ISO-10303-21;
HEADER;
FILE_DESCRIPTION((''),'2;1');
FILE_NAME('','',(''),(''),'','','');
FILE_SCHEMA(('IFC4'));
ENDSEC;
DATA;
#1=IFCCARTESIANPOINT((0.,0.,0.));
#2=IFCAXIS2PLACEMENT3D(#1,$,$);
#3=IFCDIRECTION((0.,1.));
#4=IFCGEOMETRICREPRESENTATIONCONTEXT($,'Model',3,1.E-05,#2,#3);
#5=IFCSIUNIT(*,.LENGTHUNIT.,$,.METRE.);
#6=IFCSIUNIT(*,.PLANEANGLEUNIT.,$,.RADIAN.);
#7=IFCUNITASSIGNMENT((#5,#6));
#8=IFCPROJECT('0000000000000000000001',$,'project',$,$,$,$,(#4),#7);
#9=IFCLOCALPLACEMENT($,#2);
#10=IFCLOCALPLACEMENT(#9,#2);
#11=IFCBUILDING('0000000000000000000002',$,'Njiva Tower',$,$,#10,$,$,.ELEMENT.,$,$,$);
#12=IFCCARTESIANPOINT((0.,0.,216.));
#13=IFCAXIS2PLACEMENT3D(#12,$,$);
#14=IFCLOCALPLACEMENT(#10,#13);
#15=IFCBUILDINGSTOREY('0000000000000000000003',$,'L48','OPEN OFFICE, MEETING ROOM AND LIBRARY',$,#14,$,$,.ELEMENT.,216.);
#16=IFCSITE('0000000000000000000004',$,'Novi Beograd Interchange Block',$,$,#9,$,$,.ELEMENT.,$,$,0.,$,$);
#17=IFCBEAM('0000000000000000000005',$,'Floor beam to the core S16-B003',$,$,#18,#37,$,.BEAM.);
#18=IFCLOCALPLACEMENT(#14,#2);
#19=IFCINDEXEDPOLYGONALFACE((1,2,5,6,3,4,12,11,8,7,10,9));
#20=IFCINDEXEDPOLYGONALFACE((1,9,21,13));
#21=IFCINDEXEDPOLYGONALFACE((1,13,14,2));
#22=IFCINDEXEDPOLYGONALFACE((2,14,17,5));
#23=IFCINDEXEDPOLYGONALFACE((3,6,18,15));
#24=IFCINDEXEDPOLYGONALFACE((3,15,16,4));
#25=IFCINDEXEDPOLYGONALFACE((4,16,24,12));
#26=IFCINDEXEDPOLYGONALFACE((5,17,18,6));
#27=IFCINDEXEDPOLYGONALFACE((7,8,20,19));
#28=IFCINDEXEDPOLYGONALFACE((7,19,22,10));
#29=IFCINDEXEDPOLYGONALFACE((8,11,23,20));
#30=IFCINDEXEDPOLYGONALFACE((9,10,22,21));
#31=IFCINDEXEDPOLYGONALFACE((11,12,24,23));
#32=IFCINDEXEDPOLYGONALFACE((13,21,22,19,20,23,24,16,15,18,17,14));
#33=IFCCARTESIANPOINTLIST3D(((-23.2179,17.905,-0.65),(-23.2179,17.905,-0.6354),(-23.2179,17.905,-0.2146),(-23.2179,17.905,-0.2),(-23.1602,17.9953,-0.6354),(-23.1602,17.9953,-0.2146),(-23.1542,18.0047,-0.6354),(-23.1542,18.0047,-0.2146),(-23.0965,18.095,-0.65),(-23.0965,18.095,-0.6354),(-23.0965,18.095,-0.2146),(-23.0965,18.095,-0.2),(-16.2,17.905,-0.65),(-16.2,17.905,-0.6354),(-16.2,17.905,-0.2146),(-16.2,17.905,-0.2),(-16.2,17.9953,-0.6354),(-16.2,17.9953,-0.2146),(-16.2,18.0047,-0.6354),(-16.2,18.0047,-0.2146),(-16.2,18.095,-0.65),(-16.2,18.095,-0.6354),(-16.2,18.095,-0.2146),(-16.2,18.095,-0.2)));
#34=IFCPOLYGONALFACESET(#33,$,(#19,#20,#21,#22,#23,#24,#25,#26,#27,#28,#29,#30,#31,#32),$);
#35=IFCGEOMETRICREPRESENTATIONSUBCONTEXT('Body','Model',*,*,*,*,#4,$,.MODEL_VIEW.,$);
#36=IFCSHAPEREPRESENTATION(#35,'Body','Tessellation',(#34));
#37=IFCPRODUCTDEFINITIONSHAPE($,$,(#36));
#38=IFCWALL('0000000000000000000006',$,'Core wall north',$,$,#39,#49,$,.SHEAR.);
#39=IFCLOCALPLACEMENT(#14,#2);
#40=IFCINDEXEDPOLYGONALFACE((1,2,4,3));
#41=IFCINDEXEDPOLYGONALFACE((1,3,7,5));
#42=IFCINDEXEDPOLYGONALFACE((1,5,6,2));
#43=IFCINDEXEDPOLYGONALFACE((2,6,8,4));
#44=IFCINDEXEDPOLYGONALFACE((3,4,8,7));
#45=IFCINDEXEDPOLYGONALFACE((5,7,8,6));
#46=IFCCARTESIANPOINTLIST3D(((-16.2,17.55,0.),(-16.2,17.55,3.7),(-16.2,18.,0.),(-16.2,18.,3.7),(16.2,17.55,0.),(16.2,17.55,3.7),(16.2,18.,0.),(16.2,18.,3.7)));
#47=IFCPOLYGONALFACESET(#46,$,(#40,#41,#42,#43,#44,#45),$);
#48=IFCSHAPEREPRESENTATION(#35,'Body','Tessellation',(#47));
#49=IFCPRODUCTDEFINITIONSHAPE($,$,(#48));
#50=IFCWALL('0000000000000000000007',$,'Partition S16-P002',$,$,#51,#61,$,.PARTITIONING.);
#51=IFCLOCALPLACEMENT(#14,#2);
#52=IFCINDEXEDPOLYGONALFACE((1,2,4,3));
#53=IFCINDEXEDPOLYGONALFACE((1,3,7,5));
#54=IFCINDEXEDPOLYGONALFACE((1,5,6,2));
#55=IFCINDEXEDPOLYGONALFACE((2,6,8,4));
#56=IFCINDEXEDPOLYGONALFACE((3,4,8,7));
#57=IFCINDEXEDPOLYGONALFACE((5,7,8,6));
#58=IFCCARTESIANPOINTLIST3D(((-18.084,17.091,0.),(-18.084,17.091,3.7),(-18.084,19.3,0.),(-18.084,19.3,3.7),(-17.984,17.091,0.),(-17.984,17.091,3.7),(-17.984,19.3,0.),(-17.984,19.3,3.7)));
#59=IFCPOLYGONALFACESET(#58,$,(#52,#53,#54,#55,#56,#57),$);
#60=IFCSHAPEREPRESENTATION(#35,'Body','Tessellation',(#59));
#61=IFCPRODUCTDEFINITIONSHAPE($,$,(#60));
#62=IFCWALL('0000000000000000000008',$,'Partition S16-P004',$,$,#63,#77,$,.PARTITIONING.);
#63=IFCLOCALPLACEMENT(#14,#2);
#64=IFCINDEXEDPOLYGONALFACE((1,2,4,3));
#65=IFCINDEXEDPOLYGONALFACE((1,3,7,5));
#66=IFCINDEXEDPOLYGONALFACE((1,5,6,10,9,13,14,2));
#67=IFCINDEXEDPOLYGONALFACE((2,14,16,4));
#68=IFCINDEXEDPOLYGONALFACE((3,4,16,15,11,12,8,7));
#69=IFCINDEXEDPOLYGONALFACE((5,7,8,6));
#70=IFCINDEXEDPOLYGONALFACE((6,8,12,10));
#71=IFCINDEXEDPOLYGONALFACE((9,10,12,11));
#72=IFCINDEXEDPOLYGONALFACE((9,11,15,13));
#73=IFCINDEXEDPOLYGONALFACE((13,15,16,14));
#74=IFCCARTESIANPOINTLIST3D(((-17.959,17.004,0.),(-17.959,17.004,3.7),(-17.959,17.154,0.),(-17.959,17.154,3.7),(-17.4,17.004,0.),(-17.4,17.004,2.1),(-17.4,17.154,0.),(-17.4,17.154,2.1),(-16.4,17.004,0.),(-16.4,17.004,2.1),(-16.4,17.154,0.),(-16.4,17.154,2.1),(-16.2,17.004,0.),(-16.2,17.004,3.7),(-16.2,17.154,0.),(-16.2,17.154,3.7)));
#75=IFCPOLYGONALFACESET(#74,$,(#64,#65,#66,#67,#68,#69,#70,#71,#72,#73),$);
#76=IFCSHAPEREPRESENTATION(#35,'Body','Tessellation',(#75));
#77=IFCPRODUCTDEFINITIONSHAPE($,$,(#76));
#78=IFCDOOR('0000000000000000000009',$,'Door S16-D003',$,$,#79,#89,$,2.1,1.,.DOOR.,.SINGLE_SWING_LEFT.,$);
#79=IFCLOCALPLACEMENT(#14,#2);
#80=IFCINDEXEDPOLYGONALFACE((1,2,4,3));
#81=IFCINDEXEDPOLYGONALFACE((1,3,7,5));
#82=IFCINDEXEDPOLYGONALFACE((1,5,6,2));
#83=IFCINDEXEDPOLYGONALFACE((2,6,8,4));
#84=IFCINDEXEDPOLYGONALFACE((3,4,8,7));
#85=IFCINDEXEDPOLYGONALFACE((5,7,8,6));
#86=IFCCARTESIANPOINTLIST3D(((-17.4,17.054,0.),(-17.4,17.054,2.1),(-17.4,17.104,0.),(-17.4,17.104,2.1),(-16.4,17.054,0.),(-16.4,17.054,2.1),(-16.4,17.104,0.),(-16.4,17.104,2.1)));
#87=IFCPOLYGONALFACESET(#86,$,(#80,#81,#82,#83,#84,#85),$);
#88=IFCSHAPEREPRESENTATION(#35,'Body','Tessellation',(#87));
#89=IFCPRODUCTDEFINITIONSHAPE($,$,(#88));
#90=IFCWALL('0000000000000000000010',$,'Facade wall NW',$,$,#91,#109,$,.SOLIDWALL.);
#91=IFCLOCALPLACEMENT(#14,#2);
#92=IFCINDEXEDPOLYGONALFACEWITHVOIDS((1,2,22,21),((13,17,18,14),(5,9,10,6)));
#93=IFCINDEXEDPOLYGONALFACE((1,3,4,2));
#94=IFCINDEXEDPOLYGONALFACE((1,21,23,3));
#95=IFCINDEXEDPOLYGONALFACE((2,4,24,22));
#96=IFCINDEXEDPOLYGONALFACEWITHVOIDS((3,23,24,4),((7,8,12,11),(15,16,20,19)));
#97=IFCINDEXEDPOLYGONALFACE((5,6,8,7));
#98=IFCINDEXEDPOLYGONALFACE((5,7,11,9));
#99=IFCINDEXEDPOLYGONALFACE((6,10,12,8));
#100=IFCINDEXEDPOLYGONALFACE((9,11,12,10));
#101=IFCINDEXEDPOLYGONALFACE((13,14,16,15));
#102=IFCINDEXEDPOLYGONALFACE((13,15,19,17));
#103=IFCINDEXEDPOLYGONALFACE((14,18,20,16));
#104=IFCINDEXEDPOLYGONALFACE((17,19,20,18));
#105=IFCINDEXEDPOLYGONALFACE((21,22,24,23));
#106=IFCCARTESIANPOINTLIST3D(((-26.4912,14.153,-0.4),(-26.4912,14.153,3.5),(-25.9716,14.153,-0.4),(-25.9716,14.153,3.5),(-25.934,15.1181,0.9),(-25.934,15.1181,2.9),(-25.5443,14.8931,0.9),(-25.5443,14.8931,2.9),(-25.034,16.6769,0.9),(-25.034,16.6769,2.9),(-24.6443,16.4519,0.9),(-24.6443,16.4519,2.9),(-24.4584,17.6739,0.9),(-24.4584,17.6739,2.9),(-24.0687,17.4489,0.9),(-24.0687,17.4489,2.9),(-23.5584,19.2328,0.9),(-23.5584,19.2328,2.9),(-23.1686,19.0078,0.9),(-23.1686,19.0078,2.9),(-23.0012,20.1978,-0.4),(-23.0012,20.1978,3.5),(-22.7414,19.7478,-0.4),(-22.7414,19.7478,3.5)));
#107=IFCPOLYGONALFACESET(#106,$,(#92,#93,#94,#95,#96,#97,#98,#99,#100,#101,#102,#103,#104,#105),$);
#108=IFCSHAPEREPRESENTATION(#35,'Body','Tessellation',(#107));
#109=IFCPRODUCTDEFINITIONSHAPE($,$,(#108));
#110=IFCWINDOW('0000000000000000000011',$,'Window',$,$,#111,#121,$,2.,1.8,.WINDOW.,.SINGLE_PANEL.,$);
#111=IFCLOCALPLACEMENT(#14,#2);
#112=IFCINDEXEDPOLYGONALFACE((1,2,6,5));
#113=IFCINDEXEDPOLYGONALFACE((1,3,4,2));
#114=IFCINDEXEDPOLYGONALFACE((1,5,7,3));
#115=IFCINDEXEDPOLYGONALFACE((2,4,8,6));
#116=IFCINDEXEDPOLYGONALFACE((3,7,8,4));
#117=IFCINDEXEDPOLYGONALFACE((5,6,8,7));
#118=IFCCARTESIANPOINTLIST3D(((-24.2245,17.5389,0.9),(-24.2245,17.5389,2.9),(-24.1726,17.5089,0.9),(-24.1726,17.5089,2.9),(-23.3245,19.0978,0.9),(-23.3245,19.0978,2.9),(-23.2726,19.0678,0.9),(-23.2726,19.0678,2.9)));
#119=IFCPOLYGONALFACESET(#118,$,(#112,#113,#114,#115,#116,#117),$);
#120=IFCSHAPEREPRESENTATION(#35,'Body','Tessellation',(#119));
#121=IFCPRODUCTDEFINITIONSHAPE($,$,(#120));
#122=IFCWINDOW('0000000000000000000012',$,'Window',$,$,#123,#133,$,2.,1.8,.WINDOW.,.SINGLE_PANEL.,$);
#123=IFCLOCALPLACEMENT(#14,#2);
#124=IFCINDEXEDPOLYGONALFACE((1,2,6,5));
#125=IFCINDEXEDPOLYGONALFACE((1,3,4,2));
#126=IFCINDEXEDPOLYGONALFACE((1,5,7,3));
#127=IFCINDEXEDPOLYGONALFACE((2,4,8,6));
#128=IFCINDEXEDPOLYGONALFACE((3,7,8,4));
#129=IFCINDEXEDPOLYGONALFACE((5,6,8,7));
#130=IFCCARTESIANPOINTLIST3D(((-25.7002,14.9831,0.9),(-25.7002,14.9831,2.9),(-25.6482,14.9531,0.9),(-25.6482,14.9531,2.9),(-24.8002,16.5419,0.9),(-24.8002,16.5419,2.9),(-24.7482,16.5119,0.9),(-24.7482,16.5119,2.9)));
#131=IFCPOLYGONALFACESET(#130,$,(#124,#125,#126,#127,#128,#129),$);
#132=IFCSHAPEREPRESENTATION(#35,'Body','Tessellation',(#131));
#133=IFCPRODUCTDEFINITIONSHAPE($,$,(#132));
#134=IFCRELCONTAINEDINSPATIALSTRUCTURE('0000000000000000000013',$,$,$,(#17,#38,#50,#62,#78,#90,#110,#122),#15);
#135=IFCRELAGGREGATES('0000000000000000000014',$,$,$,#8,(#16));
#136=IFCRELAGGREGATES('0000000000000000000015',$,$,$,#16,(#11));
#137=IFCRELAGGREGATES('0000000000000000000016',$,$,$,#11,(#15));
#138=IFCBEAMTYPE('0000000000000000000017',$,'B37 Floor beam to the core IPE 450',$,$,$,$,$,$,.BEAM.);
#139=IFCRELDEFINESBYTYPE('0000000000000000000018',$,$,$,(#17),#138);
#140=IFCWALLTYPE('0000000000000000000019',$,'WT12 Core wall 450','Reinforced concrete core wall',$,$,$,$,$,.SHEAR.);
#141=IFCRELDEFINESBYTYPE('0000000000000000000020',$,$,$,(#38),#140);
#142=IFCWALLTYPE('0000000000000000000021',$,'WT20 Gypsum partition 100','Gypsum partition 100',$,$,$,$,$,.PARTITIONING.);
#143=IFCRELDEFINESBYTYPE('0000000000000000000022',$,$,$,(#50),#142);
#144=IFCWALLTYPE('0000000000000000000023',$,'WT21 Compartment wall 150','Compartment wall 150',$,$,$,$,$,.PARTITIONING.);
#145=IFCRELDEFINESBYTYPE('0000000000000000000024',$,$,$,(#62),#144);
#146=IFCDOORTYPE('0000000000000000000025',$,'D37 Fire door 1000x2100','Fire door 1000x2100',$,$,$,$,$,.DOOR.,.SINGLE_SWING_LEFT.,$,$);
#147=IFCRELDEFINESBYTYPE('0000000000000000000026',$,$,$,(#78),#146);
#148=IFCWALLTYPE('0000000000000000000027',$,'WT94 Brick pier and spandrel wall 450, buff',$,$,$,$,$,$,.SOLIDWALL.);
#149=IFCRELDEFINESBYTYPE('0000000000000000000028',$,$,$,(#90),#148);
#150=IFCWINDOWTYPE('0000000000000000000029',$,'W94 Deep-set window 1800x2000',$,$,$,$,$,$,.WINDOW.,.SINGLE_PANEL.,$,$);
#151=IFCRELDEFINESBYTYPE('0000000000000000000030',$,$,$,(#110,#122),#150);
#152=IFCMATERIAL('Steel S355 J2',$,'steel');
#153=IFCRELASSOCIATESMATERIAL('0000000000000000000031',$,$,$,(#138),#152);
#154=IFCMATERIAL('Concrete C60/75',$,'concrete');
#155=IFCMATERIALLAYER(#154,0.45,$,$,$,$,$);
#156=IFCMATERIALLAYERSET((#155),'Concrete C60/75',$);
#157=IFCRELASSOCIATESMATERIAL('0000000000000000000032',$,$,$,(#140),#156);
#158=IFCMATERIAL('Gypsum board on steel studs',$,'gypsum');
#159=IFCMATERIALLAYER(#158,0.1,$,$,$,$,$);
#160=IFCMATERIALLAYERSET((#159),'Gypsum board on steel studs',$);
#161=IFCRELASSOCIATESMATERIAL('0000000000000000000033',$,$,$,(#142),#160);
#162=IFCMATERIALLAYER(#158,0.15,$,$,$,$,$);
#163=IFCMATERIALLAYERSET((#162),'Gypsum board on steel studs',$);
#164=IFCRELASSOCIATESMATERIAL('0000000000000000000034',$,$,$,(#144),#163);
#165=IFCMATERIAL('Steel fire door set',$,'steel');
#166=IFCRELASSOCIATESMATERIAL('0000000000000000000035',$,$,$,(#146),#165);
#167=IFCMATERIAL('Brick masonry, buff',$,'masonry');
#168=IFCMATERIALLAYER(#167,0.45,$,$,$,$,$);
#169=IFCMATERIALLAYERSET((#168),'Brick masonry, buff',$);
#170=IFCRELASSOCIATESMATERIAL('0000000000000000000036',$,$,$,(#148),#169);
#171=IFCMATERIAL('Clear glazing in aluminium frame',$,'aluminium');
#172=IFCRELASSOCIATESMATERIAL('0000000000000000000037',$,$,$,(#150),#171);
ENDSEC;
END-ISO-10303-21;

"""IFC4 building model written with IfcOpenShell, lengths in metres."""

from ifc_helpers import new_model, si_unit, direction, frame, frame_2d, origin, origin_2d, place, context, subcontext, project, spatial, polyline, rectangle, i_section, outline, extrude, clip, halfspace, material, layer, layer_set, material_profile, profile_set, type_object, element, fill, save


model = new_model("IFC4")

# Units and contexts
model_context = context("Model", 3, precision=1e-05, world=origin(), true_north=direction((0.0, 1.0)))
body_context = subcontext(model_context, "Body", "Model", "MODEL_VIEW")
ifc_project = project(units=[si_unit("LENGTHUNIT", "METRE"), si_unit("PLANEANGLEUNIT", "RADIAN")], contexts=[model_context])

# Site, building, storey
site_placement = place(None, origin())
site = spatial("IfcSite", under=ifc_project, at=site_placement, Name="Novi Beograd Interchange Block", CompositionType="ELEMENT", RefElevation=0.0)
building_placement = place(site_placement, origin())
building = spatial("IfcBuilding", under=site, at=building_placement, Name="Njiva Tower", CompositionType="ELEMENT")
storey_placement = place(building_placement, frame((0.0, 0.0, 216.0)))
storey = spatial("IfcBuildingStorey", under=building, at=storey_placement, Name="L48", Description="OPEN OFFICE, MEETING ROOM AND LIBRARY", CompositionType="ELEMENT", Elevation=216.0)

# Shared definitions
ifc_material_1 = material(Name="Steel S355 J2", Category="steel")

# Beam
ifc_material_profile_1 = material_profile(ifc_material_1, i_section(OverallWidth=0.19, OverallDepth=0.45, WebThickness=0.0094, FlangeThickness=0.0146, at=origin_2d()), Name="IPE 450")
ifc_profile_set_1 = profile_set([ifc_material_profile_1], Name="Steel S355 J2")
beam_type_1 = type_object("IfcBeamType", Name="B37 Floor beam to the core IPE 450", PredefinedType="BEAM", material=ifc_profile_set_1)
beam_1_placement = place(storey_placement, frame((-23.238, 18.0, -0.425), z_axis=(1.0, 0.0, 0.0), x_axis=(0.0, 1.0, 0.0)))
element("IfcBeam", 1, at=beam_1_placement, inside=storey, type_object=beam_type_1, Name="Floor beam to the core S16-B003", PredefinedType="BEAM", context=body_context, shape_type="Clipping", body=[
    clip(extrude(i_section(OverallWidth=0.19, OverallDepth=0.45, WebThickness=0.0094, FlangeThickness=0.0146, at=origin_2d()), origin(), (0.0, 0.0, 1.0), 7.038), halfspace(frame((0.0269, 0.0, 0.098), z_axis=(0.53851, 0.0, -0.842619), x_axis=(0.0, -1.0, 0.0)), False)),
])

# Walls
ifc_material_2 = material(Name="Concrete C60/75", Category="concrete")
ifc_layer_1 = layer(ifc_material_2, 0.45)
ifc_layer_set_1 = layer_set([ifc_layer_1], Name="Concrete C60/75")
wall_type_1 = type_object("IfcWallType", Name="WT12 Core wall 450", Description="Reinforced concrete core wall", PredefinedType="SHEAR", material=ifc_layer_set_1)
wall_1_placement = place(storey_placement, frame((-16.2, 17.775, 0.0), z_axis=(0.0, 0.0, 1.0), x_axis=(1.0, 0.0, 0.0)))
element("IfcWall", 2, at=wall_1_placement, inside=storey, type_object=wall_type_1, Name="Core wall north", PredefinedType="SHEAR", context=body_context, shape_type="SweptSolid", body=[
    extrude(rectangle(XDim=32.4, YDim=0.45, at=frame_2d((16.2, 0.0))), origin(), (0.0, 0.0, 1.0), 3.7),
])
ifc_material_3 = material(Name="Gypsum board on steel studs", Category="gypsum")
ifc_layer_2 = layer(ifc_material_3, 0.1)
ifc_layer_set_2 = layer_set([ifc_layer_2], Name="Gypsum board on steel studs")
wall_type_2 = type_object("IfcWallType", Name="WT20 Gypsum partition 100", Description="Gypsum partition 100", PredefinedType="PARTITIONING", material=ifc_layer_set_2)
wall_2_placement = place(storey_placement, frame((-18.034, 17.091, 0.0), z_axis=(0.0, 0.0, 1.0), x_axis=(0.0, 1.0, 0.0)))
element("IfcWall", 3, at=wall_2_placement, inside=storey, type_object=wall_type_2, Name="Partition S16-P002", PredefinedType="PARTITIONING", context=body_context, shape_type="SweptSolid", body=[
    extrude(rectangle(XDim=2.209, YDim=0.1, at=frame_2d((1.1045, 0.0))), origin(), (0.0, 0.0, 1.0), 3.7),
])

# Wall, opening, door
ifc_layer_3 = layer(ifc_material_3, 0.15)
ifc_layer_set_3 = layer_set([ifc_layer_3], Name="Gypsum board on steel studs")
wall_type_3 = type_object("IfcWallType", Name="WT21 Compartment wall 150", Description="Compartment wall 150", PredefinedType="PARTITIONING", material=ifc_layer_set_3)
wall_3_placement = place(storey_placement, frame((-17.959, 17.079, 0.0), z_axis=(0.0, 0.0, 1.0), x_axis=(1.0, 0.0, 0.0)))
wall_3 = element("IfcWall", 4, at=wall_3_placement, inside=storey, type_object=wall_type_3, Name="Partition S16-P004", PredefinedType="PARTITIONING", context=body_context, shape_type="SweptSolid", body=[
    extrude(rectangle(XDim=1.759, YDim=0.15, at=frame_2d((0.8795, 0.0))), origin(), (0.0, 0.0, 1.0), 3.7),
])
opening_1_placement = place(wall_3_placement, frame((0.559, 0.0, 0.0)))
opening_1 = element("IfcOpeningElement", 5, at=opening_1_placement, cuts=wall_3, PredefinedType="OPENING", context=body_context, shape_type="SweptSolid", body=[
    extrude(rectangle(XDim=1.0, YDim=2.1, at=frame_2d((0.5, 1.05))), frame((0.0, 0.085, 0.0), z_axis=(0.0, -1.0, 0.0), x_axis=(1.0, 0.0, 0.0)), (0.0, 0.0, 1.0), 0.17),
])
ifc_material_4 = material(Name="Steel fire door set", Category="steel")
door_type = type_object("IfcDoorType", Name="D37 Fire door 1000x2100", Description="Fire door 1000x2100", OperationType="SINGLE_SWING_LEFT", PredefinedType="DOOR", material=ifc_material_4)
door_placement = place(opening_1_placement, origin())
door = element("IfcDoor", 6, at=door_placement, inside=storey, type_object=door_type, Name="Door S16-D003", OperationType="SINGLE_SWING_LEFT", OverallHeight=2.1, OverallWidth=1.0, PredefinedType="DOOR", context=body_context, shape_type="SweptSolid", body=[
    extrude(rectangle(XDim=1.0, YDim=2.1, at=frame_2d((0.5, 1.05))), frame((0.0, 0.025, 0.0), z_axis=(0.0, -1.0, 0.0), x_axis=(1.0, 0.0, 0.0)), (0.0, 0.0, 1.0), 0.05),
])
fill(opening_1, door)

# Wall, openings, windows
ifc_material_5 = material(Name="Clear glazing in aluminium frame", Category="aluminium")
ifc_material_6 = material(Name="Brick masonry, buff", Category="masonry")
ifc_layer_4 = layer(ifc_material_6, 0.45)
ifc_layer_set_4 = layer_set([ifc_layer_4], Name="Brick masonry, buff")
wall_type_4 = type_object("IfcWallType", Name="WT94 Brick pier and spandrel wall 450, buff", PredefinedType="SOLIDWALL", material=ifc_layer_set_4)
wall_4_placement = place(storey_placement, frame((-22.8713, 19.9728, -0.4), z_axis=(0.0, 0.0, 1.0), x_axis=(-0.500004, -0.866023, 0.0)))
wall_4 = element("IfcWall", 7, at=wall_4_placement, inside=storey, type_object=wall_type_4, Name="Facade wall NW", PredefinedType="SOLIDWALL", context=body_context, shape_type="SweptSolid", body=[
    extrude(outline(polyline([(-0.1299, -0.225), (6.85, -0.225), (6.5902, 0.225), (0.1299, 0.225), (-0.1299, -0.225)])), origin(), (0.0, 0.0, 1.0), 3.9),
])
opening_2_placement = place(wall_4_placement, frame((0.9844, 0.0, 1.3)))
opening_2 = element("IfcOpeningElement", 8, at=opening_2_placement, cuts=wall_4, PredefinedType="OPENING", context=body_context, shape_type="SweptSolid", body=[
    extrude(rectangle(XDim=1.8, YDim=2.0, at=frame_2d((0.9, 1.0))), frame((0.0, 0.235, 0.0), z_axis=(0.0, -1.0, 0.0), x_axis=(1.0, 0.0, 0.0)), (0.0, 0.0, 1.0), 0.47),
])
opening_3_placement = place(wall_4_placement, frame((3.9357, 0.0, 1.3)))
opening_3 = element("IfcOpeningElement", 9, at=opening_3_placement, cuts=wall_4, PredefinedType="OPENING", context=body_context, shape_type="SweptSolid", body=[
    extrude(rectangle(XDim=1.8, YDim=2.0, at=frame_2d((0.9, 1.0))), frame((0.0, 0.235, 0.0), z_axis=(0.0, -1.0, 0.0), x_axis=(1.0, 0.0, 0.0)), (0.0, 0.0, 1.0), 0.47),
])
window_type_1 = type_object("IfcWindowType", Name="W94 Deep-set window 1800x2000", PartitioningType="SINGLE_PANEL", PredefinedType="WINDOW", material=ifc_material_5)
window_1_placement = place(opening_2_placement, origin())
window_1 = element("IfcWindow", 10, at=window_1_placement, inside=storey, type_object=window_type_1, Name="Window", OverallHeight=2.0, OverallWidth=1.8, PartitioningType="SINGLE_PANEL", PredefinedType="WINDOW", context=body_context, shape_type="SweptSolid", body=[
    extrude(rectangle(XDim=1.8, YDim=2.0, at=frame_2d((0.9, 1.0))), frame((0.0, 0.105, 0.0), z_axis=(0.0, -1.0, 0.0), x_axis=(1.0, 0.0, 0.0)), (0.0, 0.0, 1.0), 0.06),
])
fill(opening_2, window_1)
window_2_placement = place(opening_3_placement, origin())
window_2 = element("IfcWindow", 11, at=window_2_placement, inside=storey, type_object=window_type_1, Name="Window", OverallHeight=2.0, OverallWidth=1.8, PartitioningType="SINGLE_PANEL", PredefinedType="WINDOW", context=body_context, shape_type="SweptSolid", body=[
    extrude(rectangle(XDim=1.8, YDim=2.0, at=frame_2d((0.9, 1.0))), frame((0.0, 0.105, 0.0), z_axis=(0.0, -1.0, 0.0), x_axis=(1.0, 0.0, 0.0)), (0.0, 0.0, 1.0), 0.06),
])
fill(opening_3, window_2)

save(model, "model.ifc")
